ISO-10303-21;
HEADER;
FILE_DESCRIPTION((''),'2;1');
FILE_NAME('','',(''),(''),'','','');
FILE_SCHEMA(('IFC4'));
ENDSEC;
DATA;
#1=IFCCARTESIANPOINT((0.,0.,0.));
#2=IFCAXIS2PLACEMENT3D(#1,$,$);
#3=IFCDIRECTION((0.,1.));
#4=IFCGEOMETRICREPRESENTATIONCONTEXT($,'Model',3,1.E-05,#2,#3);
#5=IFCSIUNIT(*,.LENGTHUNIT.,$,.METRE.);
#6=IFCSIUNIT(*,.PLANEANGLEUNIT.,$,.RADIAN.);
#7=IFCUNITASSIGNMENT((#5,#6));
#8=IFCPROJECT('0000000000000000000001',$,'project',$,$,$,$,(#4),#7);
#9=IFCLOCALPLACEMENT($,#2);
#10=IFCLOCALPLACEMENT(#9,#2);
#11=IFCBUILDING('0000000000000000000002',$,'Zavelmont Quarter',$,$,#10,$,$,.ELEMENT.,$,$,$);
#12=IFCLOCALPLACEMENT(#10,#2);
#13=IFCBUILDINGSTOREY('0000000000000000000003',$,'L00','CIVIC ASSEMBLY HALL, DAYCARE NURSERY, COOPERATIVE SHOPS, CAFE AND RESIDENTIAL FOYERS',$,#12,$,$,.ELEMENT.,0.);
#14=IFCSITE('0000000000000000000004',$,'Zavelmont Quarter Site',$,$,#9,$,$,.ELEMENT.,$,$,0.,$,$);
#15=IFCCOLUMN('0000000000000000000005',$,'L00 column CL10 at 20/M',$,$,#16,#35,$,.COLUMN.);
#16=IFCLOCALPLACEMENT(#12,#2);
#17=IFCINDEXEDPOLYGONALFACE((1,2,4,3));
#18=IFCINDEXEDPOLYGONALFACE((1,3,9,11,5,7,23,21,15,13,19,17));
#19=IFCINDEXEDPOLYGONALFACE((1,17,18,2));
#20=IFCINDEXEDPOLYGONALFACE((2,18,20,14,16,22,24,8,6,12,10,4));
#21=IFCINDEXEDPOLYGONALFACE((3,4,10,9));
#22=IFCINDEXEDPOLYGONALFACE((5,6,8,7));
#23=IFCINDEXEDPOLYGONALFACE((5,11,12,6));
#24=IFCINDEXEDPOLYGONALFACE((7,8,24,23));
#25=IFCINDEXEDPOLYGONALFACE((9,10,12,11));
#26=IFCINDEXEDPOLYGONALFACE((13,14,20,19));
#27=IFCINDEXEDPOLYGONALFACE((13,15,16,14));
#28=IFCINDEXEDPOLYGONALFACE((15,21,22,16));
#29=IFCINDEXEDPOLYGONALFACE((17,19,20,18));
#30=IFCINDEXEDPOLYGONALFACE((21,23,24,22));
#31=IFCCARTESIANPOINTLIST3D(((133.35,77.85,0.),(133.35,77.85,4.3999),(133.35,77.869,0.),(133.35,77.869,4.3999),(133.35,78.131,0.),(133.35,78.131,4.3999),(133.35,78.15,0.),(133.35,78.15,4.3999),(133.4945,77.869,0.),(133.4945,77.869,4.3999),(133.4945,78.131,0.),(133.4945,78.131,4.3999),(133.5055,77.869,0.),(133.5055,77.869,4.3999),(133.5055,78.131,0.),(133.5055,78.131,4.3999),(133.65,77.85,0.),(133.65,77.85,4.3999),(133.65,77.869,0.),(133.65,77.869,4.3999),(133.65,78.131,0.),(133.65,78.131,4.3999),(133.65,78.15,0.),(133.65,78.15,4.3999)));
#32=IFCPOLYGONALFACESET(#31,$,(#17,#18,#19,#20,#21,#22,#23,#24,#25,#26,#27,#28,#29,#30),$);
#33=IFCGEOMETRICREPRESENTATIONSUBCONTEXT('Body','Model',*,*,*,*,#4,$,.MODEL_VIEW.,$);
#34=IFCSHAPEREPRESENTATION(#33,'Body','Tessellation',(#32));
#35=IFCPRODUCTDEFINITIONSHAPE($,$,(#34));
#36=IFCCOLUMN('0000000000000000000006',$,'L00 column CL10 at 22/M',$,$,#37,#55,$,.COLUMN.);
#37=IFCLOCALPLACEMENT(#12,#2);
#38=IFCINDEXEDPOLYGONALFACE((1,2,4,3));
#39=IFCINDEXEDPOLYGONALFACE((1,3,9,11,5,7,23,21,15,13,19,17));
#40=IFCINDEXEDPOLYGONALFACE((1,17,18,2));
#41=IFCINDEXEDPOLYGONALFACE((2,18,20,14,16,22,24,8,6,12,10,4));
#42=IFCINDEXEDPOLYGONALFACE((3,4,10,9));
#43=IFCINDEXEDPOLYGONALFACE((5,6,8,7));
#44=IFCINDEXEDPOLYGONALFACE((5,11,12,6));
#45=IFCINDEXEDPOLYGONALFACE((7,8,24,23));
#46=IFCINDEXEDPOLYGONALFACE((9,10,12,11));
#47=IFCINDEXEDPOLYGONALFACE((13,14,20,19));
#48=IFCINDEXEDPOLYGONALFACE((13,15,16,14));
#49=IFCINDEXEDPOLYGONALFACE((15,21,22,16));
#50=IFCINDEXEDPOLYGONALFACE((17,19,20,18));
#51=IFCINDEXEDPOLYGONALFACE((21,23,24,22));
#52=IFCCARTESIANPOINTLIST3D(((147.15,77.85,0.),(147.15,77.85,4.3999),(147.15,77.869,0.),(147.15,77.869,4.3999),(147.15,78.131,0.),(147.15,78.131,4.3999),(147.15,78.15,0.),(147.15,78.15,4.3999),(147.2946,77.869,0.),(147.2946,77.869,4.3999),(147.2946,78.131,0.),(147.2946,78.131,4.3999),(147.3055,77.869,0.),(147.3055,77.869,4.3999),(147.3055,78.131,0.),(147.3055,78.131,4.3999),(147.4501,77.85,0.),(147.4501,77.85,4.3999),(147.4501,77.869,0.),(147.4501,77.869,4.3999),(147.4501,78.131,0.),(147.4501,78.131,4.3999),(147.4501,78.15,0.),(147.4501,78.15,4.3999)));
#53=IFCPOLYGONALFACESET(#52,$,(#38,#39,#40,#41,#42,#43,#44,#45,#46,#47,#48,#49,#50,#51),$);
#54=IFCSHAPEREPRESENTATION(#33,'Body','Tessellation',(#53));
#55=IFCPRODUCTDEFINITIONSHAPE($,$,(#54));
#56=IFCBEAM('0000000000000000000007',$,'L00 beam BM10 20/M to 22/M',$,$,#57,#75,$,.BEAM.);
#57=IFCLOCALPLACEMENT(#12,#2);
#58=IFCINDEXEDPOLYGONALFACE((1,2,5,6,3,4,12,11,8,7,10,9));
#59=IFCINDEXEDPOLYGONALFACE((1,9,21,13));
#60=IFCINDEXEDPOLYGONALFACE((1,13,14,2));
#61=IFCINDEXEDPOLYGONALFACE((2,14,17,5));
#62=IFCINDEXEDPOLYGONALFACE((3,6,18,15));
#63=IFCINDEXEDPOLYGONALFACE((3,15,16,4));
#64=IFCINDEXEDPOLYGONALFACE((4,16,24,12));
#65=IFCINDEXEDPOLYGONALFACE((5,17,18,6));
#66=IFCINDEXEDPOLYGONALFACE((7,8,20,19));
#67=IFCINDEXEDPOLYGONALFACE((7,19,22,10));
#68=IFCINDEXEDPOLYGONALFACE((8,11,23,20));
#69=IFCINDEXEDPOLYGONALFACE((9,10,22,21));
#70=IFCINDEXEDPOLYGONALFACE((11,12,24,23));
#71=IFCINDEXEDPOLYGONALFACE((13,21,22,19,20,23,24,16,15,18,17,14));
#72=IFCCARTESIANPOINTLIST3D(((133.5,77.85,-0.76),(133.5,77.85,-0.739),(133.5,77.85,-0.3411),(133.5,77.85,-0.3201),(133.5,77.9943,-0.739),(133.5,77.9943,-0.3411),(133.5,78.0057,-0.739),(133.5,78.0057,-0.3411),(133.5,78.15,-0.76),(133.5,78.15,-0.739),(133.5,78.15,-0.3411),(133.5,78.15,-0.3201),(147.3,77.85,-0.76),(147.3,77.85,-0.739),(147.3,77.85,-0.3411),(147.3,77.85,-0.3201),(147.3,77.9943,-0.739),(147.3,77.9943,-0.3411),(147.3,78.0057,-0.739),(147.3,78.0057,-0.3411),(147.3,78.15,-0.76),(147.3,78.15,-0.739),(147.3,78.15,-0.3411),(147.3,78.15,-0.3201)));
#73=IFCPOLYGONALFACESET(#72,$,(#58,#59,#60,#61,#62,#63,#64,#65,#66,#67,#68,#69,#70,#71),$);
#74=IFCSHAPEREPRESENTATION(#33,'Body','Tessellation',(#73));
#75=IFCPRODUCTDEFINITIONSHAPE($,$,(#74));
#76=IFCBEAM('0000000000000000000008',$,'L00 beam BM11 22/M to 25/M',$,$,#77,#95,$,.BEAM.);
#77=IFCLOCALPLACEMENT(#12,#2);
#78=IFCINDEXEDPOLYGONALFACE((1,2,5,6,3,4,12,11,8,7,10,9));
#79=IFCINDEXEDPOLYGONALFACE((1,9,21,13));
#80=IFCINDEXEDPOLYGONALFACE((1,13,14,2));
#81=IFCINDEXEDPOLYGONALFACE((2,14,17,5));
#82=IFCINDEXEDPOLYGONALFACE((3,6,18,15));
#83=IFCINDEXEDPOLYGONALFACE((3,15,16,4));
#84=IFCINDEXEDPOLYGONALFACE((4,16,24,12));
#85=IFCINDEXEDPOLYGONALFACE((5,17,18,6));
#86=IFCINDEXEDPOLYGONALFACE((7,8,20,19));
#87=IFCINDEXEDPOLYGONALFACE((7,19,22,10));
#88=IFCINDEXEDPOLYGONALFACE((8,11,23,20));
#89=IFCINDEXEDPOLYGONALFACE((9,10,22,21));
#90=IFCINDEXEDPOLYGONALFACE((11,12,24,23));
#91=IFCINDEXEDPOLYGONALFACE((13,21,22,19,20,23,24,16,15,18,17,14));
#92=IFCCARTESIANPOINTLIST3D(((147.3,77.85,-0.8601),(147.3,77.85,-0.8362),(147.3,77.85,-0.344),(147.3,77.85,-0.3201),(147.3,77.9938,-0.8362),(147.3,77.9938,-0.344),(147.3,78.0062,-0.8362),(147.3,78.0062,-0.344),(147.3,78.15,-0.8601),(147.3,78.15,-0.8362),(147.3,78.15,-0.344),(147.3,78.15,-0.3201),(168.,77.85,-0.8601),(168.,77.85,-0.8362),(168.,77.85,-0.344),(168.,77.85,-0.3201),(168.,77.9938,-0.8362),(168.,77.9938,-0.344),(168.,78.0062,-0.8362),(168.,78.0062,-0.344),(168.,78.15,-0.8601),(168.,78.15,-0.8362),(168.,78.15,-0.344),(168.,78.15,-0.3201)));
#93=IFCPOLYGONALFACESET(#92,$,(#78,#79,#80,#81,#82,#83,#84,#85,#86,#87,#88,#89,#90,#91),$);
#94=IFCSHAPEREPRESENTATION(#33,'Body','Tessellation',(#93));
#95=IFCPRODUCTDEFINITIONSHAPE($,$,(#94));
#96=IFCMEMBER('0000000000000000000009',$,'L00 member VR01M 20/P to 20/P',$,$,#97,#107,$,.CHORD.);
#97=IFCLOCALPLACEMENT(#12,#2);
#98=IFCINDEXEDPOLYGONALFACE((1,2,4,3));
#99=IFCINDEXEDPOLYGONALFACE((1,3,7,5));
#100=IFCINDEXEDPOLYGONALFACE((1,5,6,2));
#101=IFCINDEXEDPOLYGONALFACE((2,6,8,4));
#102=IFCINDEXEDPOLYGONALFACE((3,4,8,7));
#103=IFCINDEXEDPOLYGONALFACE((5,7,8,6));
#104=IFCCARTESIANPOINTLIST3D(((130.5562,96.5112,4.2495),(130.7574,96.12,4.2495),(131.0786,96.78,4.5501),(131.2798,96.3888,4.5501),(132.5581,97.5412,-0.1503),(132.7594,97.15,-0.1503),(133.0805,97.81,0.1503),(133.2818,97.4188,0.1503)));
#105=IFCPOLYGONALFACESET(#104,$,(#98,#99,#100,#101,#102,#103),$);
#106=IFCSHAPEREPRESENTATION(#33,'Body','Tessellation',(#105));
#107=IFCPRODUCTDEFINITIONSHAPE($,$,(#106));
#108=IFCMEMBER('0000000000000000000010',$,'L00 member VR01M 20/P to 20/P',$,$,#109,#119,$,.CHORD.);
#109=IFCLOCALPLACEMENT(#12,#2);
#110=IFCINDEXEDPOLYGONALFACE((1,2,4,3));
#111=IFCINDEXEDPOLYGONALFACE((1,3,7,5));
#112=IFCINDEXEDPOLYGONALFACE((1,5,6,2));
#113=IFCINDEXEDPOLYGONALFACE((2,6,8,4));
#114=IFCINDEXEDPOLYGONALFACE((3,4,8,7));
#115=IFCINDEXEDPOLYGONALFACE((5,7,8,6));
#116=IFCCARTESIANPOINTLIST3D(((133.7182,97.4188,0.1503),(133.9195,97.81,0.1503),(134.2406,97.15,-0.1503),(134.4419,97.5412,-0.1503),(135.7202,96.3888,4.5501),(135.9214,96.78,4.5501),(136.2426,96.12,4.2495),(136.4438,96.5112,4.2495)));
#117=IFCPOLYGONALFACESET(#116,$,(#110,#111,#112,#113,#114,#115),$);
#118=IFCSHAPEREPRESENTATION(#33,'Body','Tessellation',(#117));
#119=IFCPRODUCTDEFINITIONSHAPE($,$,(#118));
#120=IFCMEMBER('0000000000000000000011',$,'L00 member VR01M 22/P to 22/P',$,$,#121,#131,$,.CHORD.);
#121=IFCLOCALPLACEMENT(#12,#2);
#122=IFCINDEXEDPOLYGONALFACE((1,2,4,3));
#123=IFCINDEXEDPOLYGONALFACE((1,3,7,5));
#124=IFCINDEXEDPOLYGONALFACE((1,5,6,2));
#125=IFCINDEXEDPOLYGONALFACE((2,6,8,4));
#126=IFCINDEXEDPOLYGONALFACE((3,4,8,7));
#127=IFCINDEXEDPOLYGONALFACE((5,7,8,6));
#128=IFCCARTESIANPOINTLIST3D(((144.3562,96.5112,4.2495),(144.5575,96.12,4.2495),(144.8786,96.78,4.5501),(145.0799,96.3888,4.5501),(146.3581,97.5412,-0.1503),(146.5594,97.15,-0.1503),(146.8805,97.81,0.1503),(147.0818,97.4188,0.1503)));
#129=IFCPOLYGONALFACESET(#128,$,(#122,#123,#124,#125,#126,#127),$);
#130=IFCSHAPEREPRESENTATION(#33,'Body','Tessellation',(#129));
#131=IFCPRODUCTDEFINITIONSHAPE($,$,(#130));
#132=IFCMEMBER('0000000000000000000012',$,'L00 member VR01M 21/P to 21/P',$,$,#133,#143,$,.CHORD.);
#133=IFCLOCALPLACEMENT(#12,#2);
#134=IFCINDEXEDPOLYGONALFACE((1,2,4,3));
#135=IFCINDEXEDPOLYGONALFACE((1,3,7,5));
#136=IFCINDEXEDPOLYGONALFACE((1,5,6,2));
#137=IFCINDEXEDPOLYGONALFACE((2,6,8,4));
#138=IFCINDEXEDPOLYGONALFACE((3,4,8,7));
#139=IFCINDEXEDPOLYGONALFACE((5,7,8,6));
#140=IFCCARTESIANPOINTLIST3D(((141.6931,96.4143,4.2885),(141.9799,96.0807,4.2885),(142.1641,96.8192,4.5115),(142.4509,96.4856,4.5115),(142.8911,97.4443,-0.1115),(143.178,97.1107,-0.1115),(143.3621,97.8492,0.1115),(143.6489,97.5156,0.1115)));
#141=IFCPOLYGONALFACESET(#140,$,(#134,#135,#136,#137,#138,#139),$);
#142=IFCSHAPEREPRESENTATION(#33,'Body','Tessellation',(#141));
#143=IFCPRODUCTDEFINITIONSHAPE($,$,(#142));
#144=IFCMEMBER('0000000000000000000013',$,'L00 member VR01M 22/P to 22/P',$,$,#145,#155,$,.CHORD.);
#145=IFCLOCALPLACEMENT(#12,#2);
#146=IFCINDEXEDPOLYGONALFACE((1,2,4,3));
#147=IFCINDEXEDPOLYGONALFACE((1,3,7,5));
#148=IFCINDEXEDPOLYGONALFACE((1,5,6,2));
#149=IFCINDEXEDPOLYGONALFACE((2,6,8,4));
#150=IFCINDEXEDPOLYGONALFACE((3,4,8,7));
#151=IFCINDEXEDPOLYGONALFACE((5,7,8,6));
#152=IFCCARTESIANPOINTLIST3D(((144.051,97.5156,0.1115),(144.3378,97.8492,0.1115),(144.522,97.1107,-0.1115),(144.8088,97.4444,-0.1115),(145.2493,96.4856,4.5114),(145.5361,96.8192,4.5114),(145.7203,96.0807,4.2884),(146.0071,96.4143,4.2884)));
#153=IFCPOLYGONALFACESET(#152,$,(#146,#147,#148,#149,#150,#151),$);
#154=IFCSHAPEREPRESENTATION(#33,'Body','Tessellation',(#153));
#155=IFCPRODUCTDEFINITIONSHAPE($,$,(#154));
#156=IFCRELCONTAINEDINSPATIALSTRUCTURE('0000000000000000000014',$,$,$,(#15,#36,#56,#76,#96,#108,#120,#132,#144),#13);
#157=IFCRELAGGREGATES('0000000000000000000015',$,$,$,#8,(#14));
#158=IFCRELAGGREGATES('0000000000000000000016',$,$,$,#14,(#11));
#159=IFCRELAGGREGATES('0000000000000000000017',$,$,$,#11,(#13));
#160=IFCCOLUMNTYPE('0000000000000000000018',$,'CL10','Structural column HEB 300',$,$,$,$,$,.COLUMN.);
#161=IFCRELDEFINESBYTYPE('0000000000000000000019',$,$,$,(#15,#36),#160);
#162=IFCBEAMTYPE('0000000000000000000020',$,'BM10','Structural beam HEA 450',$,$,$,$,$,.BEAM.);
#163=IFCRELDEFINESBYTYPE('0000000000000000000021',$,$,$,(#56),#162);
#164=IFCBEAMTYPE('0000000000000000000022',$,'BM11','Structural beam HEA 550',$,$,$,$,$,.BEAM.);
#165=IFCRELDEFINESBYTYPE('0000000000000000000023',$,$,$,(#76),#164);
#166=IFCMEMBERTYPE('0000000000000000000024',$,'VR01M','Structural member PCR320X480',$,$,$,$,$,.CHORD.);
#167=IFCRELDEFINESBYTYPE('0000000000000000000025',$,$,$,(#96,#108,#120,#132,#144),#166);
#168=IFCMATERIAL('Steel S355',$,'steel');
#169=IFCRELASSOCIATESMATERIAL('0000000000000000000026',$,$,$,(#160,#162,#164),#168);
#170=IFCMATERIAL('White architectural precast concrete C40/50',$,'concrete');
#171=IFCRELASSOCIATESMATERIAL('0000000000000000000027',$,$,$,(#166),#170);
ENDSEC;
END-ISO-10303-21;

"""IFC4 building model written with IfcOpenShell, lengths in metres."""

from ifc_helpers import new_model, si_unit, direction, frame, origin, origin_2d, place, context, subcontext, project, spatial, rectangle, i_section, extrude, material, material_profile, profile_set, type_object, element, save


model = new_model("IFC4")

# Units and contexts
model_context = context("Model", 3, precision=1e-05, world=origin(), true_north=direction((0.0, 1.0)))
body_context = subcontext(model_context, "Body", "Model", "MODEL_VIEW")
ifc_project = project(units=[si_unit("LENGTHUNIT", "METRE"), si_unit("PLANEANGLEUNIT", "RADIAN")], contexts=[model_context])

# Site, building, storey
site_placement = place(None, origin())
site = spatial("IfcSite", under=ifc_project, at=site_placement, Name="Zavelmont Quarter Site", CompositionType="ELEMENT", RefElevation=0.0)
building_placement = place(site_placement, origin())
building = spatial("IfcBuilding", under=site, at=building_placement, Name="Zavelmont Quarter", CompositionType="ELEMENT")
storey_placement = place(building_placement, origin())
storey = spatial("IfcBuildingStorey", under=building, at=storey_placement, Name="L00", Description="CIVIC ASSEMBLY HALL, DAYCARE NURSERY, COOPERATIVE SHOPS, CAFE AND RESIDENTIAL FOYERS", CompositionType="ELEMENT", Elevation=0.0)

# Columns
ifc_material_1 = material(Name="Steel S355", Category="steel")
ifc_material_profile_1 = material_profile(ifc_material_1, i_section(OverallWidth=0.3, OverallDepth=0.3, WebThickness=0.011, FlangeThickness=0.019, at=origin_2d()), Name="HEB 300")
ifc_profile_set_1 = profile_set([ifc_material_profile_1], Name="Steel S355")
column_type = type_object("IfcColumnType", Name="CL10", Description="Structural column HEB 300", PredefinedType="COLUMN", material=ifc_profile_set_1)
for number, where, z_axis, x_axis, name in (
    (1, (133.5, 78.0, 0.0), (0.0, 0.0, 1.0), (1.0, 0.0, 0.0), "L00 column CL10 at 20/M"),
    (2, (147.3, 78.0, 0.0), (0.0, 0.0, 1.0), (1.0, 0.0, 0.0), "L00 column CL10 at 22/M"),
):
    element("IfcColumn", number, at=place(storey_placement, frame(where, z_axis=z_axis, x_axis=x_axis)), inside=storey, type_object=column_type, Name=name, PredefinedType="COLUMN", context=body_context, shape_type="SweptSolid", body=[
        extrude(i_section(OverallWidth=0.3, OverallDepth=0.3, WebThickness=0.011, FlangeThickness=0.019, at=origin_2d()), origin(), (0.0, 0.0, 1.0), 4.3999),
    ])

# Beams
ifc_material_profile_2 = material_profile(ifc_material_1, i_section(OverallWidth=0.3, OverallDepth=0.4399, WebThickness=0.0115, FlangeThickness=0.021, at=origin_2d()), Name="HEA 450")
ifc_profile_set_2 = profile_set([ifc_material_profile_2], Name="Steel S355")
beam_type_1 = type_object("IfcBeamType", Name="BM10", Description="Structural beam HEA 450", PredefinedType="BEAM", material=ifc_profile_set_2)
beam_1_placement = place(storey_placement, frame((133.5, 78.0, -0.54), z_axis=(1.0, 0.0, 0.0), x_axis=(0.0, 1.0, 0.0)))
element("IfcBeam", 3, at=beam_1_placement, inside=storey, type_object=beam_type_1, Name="L00 beam BM10 20/M to 22/M", PredefinedType="BEAM", context=body_context, shape_type="SweptSolid", body=[
    extrude(i_section(OverallWidth=0.3, OverallDepth=0.4399, WebThickness=0.0115, FlangeThickness=0.021, at=origin_2d()), origin(), (0.0, 0.0, 1.0), 13.8),
])
ifc_material_profile_3 = material_profile(ifc_material_1, i_section(OverallWidth=0.3, OverallDepth=0.54, WebThickness=0.0125, FlangeThickness=0.0239, at=origin_2d()), Name="HEA 550")
ifc_profile_set_3 = profile_set([ifc_material_profile_3], Name="Steel S355")
beam_type_2 = type_object("IfcBeamType", Name="BM11", Description="Structural beam HEA 550", PredefinedType="BEAM", material=ifc_profile_set_3)
beam_2_placement = place(storey_placement, frame((147.3, 78.0, -0.5901), z_axis=(1.0, 0.0, 0.0), x_axis=(0.0, 1.0, 0.0)))
element("IfcBeam", 4, at=beam_2_placement, inside=storey, type_object=beam_type_2, Name="L00 beam BM11 22/M to 25/M", PredefinedType="BEAM", context=body_context, shape_type="SweptSolid", body=[
    extrude(i_section(OverallWidth=0.3, OverallDepth=0.54, WebThickness=0.0125, FlangeThickness=0.0239, at=origin_2d()), origin(), (0.0, 0.0, 1.0), 20.7),
])

# Members
ifc_material_2 = material(Name="White architectural precast concrete C40/50", Category="concrete")
ifc_material_profile_4 = material_profile(ifc_material_2, rectangle(XDim=0.4399, YDim=0.6599, at=origin_2d()), Name="PCR320X480")
ifc_profile_set_4 = profile_set([ifc_material_profile_4], Name="White architectural precast concrete C40/50")
member_type = type_object("IfcMemberType", Name="VR01M", Description="Structural member PCR320X480", PredefinedType="CHORD", material=ifc_profile_set_4)
for number, where, z_axis, x_axis, name in (
    (5, (132.9199, 97.48, 0.0), (-0.405052, -0.208404, 0.890225), (0.457507, -0.889206, 0.0), "L00 member VR01M 20/P to 20/P"),
    (6, (134.0801, 97.48, 0.0), (0.405052, -0.208404, 0.890225), (0.457507, 0.889206, 0.0), "L00 member VR01M 20/P to 20/P"),
    (7, (146.72, 97.48, 0.0), (-0.405052, -0.208404, 0.890225), (0.457507, -0.889206, 0.0), "L00 member VR01M 22/P to 22/P"),
):
    element("IfcMember", number, at=place(storey_placement, frame(where, z_axis=z_axis, x_axis=x_axis)), inside=storey, type_object=member_type, Name=name, PredefinedType="CHORD", context=body_context, shape_type="SweptSolid", body=[
        extrude(rectangle(XDim=0.4399, YDim=0.6599, at=origin_2d()), origin(), (0.0, 0.0, 1.0), 4.9424),
    ])
for number, where, z_axis, x_axis, name in (
    (8, (143.27, 97.48, 0.0), (-0.256258, -0.220329, 0.941163), (0.651949, -0.758263, 0.0), "L00 member VR01M 21/P to 21/P"),
    (9, (144.4299, 97.48, 0.0), (0.256307, -0.220326, 0.94115), (0.651872, 0.758329, 0.0), "L00 member VR01M 22/P to 22/P"),
):
    element("IfcMember", number, at=place(storey_placement, frame(where, z_axis=z_axis, x_axis=x_axis)), inside=storey, type_object=member_type, Name=name, PredefinedType="CHORD", context=body_context, shape_type="SweptSolid", body=[
        extrude(rectangle(XDim=0.4399, YDim=0.6599, at=origin_2d()), origin(), (0.0, 0.0, 1.0), 4.675),
    ])

save(model, "model.ifc")
